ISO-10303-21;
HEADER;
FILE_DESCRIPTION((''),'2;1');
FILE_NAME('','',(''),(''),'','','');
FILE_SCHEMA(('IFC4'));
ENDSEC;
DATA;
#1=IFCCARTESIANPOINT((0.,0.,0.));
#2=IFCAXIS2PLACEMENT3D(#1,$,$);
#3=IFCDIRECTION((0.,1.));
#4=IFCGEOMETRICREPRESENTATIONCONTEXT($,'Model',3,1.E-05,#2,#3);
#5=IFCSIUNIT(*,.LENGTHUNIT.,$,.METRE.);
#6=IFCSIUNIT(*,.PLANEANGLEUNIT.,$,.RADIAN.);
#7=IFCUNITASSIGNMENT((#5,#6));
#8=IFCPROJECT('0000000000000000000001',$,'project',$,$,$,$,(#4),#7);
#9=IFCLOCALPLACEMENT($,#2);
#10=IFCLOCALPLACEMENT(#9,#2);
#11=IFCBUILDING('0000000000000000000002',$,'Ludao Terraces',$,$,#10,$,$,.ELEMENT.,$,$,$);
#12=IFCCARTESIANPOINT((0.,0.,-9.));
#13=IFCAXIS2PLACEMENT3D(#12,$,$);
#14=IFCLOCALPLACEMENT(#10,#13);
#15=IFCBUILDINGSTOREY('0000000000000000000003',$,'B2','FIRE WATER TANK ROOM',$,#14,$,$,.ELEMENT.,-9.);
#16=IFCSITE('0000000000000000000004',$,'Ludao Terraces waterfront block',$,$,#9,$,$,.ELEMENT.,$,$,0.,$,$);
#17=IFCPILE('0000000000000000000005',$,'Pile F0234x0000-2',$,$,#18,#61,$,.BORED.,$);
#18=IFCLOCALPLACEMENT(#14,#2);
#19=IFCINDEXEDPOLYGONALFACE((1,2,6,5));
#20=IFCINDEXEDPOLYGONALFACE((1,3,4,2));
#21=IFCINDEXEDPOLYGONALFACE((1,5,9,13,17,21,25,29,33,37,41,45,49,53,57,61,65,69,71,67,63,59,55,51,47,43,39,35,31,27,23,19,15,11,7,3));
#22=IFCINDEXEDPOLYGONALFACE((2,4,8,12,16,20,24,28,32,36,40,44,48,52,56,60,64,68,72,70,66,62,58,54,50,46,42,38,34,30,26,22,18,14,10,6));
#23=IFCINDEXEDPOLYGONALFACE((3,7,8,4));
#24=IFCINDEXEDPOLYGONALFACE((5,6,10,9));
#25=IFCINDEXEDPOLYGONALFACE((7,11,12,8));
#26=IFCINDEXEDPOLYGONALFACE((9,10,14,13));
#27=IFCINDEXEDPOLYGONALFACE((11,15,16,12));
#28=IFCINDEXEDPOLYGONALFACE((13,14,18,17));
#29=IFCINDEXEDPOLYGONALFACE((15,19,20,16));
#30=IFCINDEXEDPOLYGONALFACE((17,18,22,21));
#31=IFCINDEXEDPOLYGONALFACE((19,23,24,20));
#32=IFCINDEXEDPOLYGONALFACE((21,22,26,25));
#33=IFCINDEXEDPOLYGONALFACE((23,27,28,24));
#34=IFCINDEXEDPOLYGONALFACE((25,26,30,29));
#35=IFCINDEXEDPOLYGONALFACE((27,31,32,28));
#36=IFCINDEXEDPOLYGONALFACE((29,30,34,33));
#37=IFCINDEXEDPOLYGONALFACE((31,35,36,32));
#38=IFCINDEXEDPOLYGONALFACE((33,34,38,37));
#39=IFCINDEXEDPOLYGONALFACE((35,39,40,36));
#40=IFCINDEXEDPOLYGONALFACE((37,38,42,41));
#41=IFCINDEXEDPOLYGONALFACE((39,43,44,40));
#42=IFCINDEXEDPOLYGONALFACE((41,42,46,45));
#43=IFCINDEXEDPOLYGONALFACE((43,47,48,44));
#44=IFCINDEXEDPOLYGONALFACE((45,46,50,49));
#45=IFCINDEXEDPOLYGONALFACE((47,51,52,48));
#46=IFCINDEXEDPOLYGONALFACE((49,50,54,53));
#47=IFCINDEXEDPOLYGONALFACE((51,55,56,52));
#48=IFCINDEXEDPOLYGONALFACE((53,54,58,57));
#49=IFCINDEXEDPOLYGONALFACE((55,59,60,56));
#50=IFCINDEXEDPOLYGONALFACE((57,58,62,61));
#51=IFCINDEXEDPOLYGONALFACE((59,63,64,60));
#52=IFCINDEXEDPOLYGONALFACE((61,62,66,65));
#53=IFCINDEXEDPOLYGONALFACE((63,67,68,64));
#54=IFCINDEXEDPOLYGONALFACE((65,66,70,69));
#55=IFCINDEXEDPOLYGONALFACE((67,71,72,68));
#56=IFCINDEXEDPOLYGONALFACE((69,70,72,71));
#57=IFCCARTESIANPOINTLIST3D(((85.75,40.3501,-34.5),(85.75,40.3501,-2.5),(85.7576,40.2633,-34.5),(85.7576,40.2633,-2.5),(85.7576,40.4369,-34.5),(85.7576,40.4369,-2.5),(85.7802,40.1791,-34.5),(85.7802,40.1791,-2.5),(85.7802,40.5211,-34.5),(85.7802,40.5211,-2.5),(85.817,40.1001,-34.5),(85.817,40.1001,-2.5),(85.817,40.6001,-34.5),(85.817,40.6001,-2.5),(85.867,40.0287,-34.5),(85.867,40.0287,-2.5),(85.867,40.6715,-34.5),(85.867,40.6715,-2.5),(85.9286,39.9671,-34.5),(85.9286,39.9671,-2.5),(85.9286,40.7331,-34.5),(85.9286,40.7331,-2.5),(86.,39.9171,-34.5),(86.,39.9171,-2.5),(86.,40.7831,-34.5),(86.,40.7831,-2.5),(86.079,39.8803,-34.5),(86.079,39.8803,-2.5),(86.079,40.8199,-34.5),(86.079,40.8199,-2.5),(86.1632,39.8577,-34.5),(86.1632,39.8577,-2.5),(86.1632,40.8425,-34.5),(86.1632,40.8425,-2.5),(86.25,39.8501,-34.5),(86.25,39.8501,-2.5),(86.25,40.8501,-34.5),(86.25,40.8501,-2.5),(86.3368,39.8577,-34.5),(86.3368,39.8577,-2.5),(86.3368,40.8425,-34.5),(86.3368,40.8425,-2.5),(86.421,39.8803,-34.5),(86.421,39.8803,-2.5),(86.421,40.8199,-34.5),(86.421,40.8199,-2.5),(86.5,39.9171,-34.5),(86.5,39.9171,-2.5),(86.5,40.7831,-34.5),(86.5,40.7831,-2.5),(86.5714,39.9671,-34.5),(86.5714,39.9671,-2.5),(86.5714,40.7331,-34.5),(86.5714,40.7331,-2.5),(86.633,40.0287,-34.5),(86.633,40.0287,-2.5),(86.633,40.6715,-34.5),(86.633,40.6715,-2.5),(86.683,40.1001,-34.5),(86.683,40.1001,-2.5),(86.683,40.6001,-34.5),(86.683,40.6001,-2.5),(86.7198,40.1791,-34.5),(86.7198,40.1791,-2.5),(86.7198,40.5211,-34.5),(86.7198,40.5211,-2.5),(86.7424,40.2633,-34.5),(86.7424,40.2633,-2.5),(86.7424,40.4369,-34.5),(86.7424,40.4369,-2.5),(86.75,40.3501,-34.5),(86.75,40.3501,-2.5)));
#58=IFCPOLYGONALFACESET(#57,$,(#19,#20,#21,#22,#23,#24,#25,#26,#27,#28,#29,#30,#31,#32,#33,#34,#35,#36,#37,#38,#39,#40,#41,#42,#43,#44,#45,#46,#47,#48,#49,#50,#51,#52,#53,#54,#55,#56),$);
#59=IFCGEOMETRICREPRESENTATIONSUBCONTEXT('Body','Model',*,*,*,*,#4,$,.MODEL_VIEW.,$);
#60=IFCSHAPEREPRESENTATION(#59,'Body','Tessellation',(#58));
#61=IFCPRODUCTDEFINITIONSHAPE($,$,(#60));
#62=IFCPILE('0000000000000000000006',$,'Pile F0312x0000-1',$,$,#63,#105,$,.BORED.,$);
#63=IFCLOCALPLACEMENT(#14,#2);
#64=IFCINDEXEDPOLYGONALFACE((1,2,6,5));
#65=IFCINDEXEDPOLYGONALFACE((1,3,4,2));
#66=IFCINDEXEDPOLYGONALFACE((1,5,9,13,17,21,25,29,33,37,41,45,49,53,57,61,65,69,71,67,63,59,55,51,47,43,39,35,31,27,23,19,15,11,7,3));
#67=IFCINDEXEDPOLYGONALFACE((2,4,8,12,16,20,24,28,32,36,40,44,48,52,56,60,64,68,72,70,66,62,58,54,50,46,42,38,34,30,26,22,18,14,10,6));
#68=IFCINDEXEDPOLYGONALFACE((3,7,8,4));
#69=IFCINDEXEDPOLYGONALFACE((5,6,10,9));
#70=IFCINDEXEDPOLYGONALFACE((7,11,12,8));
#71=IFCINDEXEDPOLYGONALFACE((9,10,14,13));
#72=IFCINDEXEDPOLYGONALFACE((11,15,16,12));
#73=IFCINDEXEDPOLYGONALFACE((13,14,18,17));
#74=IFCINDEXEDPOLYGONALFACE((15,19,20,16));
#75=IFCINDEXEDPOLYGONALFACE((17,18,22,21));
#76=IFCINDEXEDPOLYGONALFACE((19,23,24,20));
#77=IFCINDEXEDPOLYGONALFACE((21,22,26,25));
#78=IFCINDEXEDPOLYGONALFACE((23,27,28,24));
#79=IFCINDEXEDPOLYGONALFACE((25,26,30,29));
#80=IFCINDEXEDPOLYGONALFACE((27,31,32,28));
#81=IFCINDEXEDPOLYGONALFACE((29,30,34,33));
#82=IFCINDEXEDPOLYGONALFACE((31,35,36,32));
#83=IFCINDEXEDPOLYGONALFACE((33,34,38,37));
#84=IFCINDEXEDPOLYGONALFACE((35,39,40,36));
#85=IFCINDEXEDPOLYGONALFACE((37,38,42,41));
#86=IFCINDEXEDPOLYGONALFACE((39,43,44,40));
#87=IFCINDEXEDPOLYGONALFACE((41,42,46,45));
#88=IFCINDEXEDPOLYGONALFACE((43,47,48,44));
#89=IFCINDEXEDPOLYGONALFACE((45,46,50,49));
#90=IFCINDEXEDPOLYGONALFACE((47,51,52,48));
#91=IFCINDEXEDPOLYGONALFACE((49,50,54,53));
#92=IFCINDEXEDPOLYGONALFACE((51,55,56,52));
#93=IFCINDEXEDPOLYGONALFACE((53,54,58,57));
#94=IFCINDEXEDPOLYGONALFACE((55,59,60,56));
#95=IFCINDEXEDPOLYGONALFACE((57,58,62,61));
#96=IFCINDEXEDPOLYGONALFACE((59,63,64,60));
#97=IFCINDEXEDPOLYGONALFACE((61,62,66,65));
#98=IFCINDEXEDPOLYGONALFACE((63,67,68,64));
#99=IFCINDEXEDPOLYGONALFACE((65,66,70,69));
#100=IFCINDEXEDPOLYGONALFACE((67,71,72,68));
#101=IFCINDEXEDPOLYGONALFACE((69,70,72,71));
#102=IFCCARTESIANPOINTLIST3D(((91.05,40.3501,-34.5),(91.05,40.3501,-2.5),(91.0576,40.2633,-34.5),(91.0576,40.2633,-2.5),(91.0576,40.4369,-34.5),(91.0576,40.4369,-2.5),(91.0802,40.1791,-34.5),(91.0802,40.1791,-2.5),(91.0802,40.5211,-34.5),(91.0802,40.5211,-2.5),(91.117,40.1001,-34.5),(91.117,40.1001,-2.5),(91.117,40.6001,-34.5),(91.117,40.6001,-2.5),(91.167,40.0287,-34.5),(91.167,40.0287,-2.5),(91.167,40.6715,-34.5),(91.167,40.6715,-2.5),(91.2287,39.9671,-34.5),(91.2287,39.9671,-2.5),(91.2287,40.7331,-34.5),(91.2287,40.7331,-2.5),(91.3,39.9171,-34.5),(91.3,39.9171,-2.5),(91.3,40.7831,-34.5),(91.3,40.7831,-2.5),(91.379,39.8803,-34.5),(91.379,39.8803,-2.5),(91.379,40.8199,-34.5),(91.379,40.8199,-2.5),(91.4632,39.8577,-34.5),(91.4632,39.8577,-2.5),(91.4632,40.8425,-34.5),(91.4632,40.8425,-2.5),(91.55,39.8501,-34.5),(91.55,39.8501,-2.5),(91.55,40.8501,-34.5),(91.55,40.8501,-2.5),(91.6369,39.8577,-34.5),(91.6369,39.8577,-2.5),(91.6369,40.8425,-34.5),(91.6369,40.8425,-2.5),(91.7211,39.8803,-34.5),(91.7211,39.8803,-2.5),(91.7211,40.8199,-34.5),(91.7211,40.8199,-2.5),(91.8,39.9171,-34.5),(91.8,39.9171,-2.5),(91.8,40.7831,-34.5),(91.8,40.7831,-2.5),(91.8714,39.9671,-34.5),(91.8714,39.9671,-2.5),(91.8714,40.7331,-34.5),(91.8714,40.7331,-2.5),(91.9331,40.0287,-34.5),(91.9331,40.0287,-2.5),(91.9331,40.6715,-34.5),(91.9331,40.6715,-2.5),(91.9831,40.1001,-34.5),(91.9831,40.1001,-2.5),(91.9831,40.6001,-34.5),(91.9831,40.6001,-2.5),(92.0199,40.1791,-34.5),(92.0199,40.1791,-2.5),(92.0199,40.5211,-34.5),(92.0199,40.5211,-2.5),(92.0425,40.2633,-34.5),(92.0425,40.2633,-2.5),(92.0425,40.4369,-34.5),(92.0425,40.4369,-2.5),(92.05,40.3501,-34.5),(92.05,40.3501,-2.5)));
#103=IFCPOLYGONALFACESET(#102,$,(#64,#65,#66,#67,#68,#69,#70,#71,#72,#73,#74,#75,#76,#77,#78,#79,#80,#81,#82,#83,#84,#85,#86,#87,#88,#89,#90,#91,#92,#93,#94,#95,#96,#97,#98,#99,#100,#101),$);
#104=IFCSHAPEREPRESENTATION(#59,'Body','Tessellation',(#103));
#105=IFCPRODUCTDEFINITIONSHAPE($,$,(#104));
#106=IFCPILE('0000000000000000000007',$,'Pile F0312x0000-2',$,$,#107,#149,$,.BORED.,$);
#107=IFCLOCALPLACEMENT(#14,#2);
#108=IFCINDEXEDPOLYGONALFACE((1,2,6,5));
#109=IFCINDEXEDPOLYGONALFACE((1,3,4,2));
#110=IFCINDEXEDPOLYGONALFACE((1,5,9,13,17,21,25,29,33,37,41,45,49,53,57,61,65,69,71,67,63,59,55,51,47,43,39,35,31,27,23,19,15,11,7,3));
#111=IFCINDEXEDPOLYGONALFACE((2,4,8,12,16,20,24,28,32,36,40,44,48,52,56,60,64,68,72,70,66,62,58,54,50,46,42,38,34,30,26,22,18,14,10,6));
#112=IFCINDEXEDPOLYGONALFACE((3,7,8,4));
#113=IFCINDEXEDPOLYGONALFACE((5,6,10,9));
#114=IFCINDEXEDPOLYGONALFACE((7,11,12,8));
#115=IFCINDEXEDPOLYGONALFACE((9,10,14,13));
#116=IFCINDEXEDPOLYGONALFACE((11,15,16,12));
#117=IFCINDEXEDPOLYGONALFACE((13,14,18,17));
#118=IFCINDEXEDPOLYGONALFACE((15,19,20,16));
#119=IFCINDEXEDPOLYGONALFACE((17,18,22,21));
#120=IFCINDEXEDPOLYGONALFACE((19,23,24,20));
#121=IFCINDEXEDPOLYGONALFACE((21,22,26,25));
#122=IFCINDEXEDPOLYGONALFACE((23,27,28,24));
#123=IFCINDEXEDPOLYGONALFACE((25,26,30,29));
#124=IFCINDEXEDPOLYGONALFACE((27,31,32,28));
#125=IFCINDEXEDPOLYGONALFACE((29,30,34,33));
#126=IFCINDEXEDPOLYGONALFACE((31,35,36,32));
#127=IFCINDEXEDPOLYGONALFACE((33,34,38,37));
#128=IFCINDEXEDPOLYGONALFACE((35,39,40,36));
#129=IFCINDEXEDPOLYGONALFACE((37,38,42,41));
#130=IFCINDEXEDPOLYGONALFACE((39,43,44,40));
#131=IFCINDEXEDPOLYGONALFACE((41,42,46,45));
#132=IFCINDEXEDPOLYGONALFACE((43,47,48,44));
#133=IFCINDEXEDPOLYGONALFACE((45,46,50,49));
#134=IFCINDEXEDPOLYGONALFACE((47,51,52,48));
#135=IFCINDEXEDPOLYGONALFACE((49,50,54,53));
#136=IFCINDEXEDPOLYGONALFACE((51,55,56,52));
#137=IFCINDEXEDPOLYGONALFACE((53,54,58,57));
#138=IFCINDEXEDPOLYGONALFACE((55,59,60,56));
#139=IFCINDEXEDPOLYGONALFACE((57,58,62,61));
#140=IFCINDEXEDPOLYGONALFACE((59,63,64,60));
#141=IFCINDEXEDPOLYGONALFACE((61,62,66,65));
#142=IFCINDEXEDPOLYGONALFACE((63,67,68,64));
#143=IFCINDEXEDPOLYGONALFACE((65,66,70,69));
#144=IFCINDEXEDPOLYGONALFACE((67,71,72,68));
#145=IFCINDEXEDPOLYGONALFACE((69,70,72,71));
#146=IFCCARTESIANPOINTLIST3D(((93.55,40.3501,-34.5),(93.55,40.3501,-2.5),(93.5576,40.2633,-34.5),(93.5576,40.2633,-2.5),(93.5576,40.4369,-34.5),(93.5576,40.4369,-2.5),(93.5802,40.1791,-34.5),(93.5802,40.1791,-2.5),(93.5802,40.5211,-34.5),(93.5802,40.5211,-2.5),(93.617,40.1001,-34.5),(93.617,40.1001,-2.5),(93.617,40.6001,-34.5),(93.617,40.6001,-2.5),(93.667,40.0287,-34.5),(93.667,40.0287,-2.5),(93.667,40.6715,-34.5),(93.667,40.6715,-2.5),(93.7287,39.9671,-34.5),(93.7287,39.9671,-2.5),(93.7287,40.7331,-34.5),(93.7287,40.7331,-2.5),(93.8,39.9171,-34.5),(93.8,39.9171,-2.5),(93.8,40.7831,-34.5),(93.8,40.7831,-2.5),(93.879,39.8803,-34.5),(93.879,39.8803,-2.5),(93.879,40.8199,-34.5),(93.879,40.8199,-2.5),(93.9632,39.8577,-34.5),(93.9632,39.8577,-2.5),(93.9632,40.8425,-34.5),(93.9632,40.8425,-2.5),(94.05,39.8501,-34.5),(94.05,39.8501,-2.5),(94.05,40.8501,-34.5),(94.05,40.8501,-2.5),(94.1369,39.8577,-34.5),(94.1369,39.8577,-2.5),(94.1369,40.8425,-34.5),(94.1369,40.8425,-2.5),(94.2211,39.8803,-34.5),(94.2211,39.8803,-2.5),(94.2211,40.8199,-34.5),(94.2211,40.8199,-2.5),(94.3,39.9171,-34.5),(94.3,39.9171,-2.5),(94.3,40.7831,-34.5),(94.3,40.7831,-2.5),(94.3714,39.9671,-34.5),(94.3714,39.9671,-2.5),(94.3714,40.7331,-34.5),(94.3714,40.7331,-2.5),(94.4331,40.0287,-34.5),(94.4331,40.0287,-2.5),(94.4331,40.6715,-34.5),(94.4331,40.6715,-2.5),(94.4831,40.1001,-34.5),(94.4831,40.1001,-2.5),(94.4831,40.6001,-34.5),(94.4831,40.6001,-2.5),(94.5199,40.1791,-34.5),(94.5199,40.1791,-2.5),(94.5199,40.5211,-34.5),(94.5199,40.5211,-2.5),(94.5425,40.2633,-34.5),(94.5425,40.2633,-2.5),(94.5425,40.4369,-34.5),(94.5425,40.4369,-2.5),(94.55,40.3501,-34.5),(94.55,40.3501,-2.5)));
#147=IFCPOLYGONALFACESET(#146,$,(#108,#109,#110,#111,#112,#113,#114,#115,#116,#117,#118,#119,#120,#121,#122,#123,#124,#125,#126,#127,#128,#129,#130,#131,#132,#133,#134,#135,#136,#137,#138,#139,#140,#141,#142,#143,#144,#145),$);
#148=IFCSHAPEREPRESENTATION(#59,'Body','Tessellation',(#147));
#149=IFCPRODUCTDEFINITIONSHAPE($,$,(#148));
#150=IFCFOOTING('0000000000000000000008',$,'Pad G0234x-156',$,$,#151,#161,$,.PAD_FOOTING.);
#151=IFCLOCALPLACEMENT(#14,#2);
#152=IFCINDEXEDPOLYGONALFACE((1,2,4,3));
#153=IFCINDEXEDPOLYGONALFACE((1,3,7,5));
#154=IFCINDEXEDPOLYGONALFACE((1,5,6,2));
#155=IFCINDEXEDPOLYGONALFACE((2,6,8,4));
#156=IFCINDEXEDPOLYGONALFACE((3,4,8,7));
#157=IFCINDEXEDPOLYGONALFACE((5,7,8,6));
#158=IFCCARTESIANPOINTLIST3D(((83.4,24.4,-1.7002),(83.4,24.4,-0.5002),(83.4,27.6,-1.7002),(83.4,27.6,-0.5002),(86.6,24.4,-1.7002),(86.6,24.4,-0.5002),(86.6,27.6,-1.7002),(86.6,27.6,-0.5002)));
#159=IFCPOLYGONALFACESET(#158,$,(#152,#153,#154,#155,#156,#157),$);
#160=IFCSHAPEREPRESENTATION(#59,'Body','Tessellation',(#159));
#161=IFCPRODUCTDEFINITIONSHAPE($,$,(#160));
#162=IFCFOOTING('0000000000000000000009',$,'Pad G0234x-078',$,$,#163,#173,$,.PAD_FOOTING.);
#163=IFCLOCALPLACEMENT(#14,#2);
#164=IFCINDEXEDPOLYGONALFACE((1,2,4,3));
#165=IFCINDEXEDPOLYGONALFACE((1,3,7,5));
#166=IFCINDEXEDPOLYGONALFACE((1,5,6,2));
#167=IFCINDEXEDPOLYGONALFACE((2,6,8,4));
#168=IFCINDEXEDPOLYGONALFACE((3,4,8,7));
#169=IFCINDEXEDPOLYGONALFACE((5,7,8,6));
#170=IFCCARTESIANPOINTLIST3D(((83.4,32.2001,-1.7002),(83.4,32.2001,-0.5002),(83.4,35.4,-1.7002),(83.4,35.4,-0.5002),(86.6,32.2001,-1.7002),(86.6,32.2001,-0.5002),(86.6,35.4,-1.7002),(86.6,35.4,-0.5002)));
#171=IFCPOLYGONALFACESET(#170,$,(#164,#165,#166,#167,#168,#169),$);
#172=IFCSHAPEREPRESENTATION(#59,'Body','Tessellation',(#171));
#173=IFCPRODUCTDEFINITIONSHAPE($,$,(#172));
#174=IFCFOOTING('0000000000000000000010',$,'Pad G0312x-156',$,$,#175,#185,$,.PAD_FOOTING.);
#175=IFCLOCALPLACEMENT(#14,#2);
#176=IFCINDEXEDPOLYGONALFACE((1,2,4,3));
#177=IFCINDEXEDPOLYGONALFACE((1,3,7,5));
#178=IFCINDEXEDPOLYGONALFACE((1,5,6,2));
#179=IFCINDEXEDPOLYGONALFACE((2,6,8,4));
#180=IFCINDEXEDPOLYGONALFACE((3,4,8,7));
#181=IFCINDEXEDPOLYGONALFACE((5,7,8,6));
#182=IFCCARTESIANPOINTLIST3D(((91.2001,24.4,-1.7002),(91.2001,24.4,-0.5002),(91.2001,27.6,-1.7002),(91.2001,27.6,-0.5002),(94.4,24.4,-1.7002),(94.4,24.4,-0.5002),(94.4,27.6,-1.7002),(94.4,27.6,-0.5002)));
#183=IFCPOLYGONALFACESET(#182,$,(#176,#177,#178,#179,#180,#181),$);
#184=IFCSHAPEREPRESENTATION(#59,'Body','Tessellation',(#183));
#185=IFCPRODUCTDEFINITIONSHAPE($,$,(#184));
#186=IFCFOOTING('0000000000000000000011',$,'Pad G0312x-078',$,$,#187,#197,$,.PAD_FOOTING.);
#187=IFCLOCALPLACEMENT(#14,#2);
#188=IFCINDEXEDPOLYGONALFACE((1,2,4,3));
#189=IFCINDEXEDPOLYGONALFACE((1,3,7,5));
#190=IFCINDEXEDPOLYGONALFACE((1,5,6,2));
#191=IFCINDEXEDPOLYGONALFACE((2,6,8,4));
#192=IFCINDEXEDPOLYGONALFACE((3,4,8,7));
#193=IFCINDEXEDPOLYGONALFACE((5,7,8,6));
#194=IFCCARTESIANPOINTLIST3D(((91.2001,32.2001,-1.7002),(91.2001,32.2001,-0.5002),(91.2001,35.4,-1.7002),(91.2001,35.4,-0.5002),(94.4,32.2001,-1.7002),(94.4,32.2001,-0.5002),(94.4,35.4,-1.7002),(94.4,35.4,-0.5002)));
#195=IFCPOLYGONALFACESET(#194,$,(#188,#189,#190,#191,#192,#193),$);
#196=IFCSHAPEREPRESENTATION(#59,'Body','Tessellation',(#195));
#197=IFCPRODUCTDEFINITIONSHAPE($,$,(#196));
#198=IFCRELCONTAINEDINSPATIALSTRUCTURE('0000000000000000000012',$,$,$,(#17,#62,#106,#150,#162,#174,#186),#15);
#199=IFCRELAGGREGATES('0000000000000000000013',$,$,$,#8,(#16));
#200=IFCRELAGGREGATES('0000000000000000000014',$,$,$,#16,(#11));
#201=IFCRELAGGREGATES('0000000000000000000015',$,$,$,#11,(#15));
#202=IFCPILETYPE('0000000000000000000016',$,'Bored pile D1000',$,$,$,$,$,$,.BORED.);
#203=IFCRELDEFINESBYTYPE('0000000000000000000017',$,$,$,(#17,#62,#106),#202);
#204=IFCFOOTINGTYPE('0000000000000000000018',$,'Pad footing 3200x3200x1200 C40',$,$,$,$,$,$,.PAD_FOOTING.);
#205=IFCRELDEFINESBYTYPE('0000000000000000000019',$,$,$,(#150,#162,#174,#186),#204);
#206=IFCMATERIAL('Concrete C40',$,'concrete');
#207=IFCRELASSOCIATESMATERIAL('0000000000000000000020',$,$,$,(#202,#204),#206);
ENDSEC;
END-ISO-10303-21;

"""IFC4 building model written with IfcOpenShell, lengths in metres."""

from ifc_helpers import new_model, si_unit, direction, frame, origin, origin_2d, place, context, subcontext, project, spatial, rectangle, circle, extrude, material, material_profile, profile_set, type_object, element, save


model = new_model("IFC4")

# Units and contexts
model_context = context("Model", 3, precision=1e-05, world=origin(), true_north=direction((0.0, 1.0)))
body_context = subcontext(model_context, "Body", "Model", "MODEL_VIEW")
ifc_project = project(units=[si_unit("LENGTHUNIT", "METRE"), si_unit("PLANEANGLEUNIT", "RADIAN")], contexts=[model_context])

# Site, building, storey
site_placement = place(None, origin())
site = spatial("IfcSite", under=ifc_project, at=site_placement, Name="Ludao Terraces waterfront block", CompositionType="ELEMENT", RefElevation=0.0)
building_placement = place(site_placement, origin())
building = spatial("IfcBuilding", under=site, at=building_placement, Name="Ludao Terraces", CompositionType="ELEMENT")
storey_placement = place(building_placement, frame((0.0, 0.0, -9.0)))
storey = spatial("IfcBuildingStorey", under=building, at=storey_placement, Name="B2", Description="FIRE WATER TANK ROOM", CompositionType="ELEMENT", Elevation=-9.0)

# Piles
ifc_material_1 = material(Name="Concrete C40", Category="concrete")
ifc_material_profile_1 = material_profile(ifc_material_1, circle(Radius=0.5, at=origin_2d()), Name="D1000 BORED PILE")
ifc_profile_set_1 = profile_set([ifc_material_profile_1], Name="Concrete C40")
pile_type = type_object("IfcPileType", Name="Bored pile D1000", PredefinedType="BORED", material=ifc_profile_set_1)
for number, where, z_axis, x_axis, name in (
    (1, (86.25, 40.3501, -2.5), (0.0, 0.0, -1.0), (1.0, 0.0, 0.0), "Pile F0234x0000-2"),
    (2, (91.55, 40.3501, -2.5), (0.0, 0.0, -1.0), (1.0, 0.0, 0.0), "Pile F0312x0000-1"),
    (3, (94.05, 40.3501, -2.5), (0.0, 0.0, -1.0), (1.0, 0.0, 0.0), "Pile F0312x0000-2"),
):
    element("IfcPile", number, at=place(storey_placement, frame(where, z_axis=z_axis, x_axis=x_axis)), inside=storey, type_object=pile_type, Name=name, PredefinedType="BORED", context=body_context, shape_type="SweptSolid", body=[
        extrude(circle(Radius=0.5, at=origin_2d()), origin(), (0.0, 0.0, 1.0), 32.0),
    ])

# Footings
footing_type = type_object("IfcFootingType", Name="Pad footing 3200x3200x1200 C40", PredefinedType="PAD_FOOTING", material=ifc_material_1)
for number, where, z_axis, x_axis, name in (
    (4, (85.0, 26.0, -1.7002), (0.0, 0.0, 1.0), (1.0, 0.0, 0.0), "Pad G0234x-156"),
    (5, (85.0, 33.8, -1.7002), (0.0, 0.0, 1.0), (1.0, 0.0, 0.0), "Pad G0234x-078"),
    (6, (92.8, 26.0, -1.7002), (0.0, 0.0, 1.0), (1.0, 0.0, 0.0), "Pad G0312x-156"),
    (7, (92.8, 33.8, -1.7002), (0.0, 0.0, 1.0), (1.0, 0.0, 0.0), "Pad G0312x-078"),
):
    element("IfcFooting", number, at=place(storey_placement, frame(where, z_axis=z_axis, x_axis=x_axis)), inside=storey, type_object=footing_type, Name=name, PredefinedType="PAD_FOOTING", context=body_context, shape_type="SweptSolid", body=[
        extrude(rectangle(XDim=3.2, YDim=3.2, at=origin_2d()), origin(), (0.0, 0.0, 1.0), 1.2),
    ])

save(model, "model.ifc")
